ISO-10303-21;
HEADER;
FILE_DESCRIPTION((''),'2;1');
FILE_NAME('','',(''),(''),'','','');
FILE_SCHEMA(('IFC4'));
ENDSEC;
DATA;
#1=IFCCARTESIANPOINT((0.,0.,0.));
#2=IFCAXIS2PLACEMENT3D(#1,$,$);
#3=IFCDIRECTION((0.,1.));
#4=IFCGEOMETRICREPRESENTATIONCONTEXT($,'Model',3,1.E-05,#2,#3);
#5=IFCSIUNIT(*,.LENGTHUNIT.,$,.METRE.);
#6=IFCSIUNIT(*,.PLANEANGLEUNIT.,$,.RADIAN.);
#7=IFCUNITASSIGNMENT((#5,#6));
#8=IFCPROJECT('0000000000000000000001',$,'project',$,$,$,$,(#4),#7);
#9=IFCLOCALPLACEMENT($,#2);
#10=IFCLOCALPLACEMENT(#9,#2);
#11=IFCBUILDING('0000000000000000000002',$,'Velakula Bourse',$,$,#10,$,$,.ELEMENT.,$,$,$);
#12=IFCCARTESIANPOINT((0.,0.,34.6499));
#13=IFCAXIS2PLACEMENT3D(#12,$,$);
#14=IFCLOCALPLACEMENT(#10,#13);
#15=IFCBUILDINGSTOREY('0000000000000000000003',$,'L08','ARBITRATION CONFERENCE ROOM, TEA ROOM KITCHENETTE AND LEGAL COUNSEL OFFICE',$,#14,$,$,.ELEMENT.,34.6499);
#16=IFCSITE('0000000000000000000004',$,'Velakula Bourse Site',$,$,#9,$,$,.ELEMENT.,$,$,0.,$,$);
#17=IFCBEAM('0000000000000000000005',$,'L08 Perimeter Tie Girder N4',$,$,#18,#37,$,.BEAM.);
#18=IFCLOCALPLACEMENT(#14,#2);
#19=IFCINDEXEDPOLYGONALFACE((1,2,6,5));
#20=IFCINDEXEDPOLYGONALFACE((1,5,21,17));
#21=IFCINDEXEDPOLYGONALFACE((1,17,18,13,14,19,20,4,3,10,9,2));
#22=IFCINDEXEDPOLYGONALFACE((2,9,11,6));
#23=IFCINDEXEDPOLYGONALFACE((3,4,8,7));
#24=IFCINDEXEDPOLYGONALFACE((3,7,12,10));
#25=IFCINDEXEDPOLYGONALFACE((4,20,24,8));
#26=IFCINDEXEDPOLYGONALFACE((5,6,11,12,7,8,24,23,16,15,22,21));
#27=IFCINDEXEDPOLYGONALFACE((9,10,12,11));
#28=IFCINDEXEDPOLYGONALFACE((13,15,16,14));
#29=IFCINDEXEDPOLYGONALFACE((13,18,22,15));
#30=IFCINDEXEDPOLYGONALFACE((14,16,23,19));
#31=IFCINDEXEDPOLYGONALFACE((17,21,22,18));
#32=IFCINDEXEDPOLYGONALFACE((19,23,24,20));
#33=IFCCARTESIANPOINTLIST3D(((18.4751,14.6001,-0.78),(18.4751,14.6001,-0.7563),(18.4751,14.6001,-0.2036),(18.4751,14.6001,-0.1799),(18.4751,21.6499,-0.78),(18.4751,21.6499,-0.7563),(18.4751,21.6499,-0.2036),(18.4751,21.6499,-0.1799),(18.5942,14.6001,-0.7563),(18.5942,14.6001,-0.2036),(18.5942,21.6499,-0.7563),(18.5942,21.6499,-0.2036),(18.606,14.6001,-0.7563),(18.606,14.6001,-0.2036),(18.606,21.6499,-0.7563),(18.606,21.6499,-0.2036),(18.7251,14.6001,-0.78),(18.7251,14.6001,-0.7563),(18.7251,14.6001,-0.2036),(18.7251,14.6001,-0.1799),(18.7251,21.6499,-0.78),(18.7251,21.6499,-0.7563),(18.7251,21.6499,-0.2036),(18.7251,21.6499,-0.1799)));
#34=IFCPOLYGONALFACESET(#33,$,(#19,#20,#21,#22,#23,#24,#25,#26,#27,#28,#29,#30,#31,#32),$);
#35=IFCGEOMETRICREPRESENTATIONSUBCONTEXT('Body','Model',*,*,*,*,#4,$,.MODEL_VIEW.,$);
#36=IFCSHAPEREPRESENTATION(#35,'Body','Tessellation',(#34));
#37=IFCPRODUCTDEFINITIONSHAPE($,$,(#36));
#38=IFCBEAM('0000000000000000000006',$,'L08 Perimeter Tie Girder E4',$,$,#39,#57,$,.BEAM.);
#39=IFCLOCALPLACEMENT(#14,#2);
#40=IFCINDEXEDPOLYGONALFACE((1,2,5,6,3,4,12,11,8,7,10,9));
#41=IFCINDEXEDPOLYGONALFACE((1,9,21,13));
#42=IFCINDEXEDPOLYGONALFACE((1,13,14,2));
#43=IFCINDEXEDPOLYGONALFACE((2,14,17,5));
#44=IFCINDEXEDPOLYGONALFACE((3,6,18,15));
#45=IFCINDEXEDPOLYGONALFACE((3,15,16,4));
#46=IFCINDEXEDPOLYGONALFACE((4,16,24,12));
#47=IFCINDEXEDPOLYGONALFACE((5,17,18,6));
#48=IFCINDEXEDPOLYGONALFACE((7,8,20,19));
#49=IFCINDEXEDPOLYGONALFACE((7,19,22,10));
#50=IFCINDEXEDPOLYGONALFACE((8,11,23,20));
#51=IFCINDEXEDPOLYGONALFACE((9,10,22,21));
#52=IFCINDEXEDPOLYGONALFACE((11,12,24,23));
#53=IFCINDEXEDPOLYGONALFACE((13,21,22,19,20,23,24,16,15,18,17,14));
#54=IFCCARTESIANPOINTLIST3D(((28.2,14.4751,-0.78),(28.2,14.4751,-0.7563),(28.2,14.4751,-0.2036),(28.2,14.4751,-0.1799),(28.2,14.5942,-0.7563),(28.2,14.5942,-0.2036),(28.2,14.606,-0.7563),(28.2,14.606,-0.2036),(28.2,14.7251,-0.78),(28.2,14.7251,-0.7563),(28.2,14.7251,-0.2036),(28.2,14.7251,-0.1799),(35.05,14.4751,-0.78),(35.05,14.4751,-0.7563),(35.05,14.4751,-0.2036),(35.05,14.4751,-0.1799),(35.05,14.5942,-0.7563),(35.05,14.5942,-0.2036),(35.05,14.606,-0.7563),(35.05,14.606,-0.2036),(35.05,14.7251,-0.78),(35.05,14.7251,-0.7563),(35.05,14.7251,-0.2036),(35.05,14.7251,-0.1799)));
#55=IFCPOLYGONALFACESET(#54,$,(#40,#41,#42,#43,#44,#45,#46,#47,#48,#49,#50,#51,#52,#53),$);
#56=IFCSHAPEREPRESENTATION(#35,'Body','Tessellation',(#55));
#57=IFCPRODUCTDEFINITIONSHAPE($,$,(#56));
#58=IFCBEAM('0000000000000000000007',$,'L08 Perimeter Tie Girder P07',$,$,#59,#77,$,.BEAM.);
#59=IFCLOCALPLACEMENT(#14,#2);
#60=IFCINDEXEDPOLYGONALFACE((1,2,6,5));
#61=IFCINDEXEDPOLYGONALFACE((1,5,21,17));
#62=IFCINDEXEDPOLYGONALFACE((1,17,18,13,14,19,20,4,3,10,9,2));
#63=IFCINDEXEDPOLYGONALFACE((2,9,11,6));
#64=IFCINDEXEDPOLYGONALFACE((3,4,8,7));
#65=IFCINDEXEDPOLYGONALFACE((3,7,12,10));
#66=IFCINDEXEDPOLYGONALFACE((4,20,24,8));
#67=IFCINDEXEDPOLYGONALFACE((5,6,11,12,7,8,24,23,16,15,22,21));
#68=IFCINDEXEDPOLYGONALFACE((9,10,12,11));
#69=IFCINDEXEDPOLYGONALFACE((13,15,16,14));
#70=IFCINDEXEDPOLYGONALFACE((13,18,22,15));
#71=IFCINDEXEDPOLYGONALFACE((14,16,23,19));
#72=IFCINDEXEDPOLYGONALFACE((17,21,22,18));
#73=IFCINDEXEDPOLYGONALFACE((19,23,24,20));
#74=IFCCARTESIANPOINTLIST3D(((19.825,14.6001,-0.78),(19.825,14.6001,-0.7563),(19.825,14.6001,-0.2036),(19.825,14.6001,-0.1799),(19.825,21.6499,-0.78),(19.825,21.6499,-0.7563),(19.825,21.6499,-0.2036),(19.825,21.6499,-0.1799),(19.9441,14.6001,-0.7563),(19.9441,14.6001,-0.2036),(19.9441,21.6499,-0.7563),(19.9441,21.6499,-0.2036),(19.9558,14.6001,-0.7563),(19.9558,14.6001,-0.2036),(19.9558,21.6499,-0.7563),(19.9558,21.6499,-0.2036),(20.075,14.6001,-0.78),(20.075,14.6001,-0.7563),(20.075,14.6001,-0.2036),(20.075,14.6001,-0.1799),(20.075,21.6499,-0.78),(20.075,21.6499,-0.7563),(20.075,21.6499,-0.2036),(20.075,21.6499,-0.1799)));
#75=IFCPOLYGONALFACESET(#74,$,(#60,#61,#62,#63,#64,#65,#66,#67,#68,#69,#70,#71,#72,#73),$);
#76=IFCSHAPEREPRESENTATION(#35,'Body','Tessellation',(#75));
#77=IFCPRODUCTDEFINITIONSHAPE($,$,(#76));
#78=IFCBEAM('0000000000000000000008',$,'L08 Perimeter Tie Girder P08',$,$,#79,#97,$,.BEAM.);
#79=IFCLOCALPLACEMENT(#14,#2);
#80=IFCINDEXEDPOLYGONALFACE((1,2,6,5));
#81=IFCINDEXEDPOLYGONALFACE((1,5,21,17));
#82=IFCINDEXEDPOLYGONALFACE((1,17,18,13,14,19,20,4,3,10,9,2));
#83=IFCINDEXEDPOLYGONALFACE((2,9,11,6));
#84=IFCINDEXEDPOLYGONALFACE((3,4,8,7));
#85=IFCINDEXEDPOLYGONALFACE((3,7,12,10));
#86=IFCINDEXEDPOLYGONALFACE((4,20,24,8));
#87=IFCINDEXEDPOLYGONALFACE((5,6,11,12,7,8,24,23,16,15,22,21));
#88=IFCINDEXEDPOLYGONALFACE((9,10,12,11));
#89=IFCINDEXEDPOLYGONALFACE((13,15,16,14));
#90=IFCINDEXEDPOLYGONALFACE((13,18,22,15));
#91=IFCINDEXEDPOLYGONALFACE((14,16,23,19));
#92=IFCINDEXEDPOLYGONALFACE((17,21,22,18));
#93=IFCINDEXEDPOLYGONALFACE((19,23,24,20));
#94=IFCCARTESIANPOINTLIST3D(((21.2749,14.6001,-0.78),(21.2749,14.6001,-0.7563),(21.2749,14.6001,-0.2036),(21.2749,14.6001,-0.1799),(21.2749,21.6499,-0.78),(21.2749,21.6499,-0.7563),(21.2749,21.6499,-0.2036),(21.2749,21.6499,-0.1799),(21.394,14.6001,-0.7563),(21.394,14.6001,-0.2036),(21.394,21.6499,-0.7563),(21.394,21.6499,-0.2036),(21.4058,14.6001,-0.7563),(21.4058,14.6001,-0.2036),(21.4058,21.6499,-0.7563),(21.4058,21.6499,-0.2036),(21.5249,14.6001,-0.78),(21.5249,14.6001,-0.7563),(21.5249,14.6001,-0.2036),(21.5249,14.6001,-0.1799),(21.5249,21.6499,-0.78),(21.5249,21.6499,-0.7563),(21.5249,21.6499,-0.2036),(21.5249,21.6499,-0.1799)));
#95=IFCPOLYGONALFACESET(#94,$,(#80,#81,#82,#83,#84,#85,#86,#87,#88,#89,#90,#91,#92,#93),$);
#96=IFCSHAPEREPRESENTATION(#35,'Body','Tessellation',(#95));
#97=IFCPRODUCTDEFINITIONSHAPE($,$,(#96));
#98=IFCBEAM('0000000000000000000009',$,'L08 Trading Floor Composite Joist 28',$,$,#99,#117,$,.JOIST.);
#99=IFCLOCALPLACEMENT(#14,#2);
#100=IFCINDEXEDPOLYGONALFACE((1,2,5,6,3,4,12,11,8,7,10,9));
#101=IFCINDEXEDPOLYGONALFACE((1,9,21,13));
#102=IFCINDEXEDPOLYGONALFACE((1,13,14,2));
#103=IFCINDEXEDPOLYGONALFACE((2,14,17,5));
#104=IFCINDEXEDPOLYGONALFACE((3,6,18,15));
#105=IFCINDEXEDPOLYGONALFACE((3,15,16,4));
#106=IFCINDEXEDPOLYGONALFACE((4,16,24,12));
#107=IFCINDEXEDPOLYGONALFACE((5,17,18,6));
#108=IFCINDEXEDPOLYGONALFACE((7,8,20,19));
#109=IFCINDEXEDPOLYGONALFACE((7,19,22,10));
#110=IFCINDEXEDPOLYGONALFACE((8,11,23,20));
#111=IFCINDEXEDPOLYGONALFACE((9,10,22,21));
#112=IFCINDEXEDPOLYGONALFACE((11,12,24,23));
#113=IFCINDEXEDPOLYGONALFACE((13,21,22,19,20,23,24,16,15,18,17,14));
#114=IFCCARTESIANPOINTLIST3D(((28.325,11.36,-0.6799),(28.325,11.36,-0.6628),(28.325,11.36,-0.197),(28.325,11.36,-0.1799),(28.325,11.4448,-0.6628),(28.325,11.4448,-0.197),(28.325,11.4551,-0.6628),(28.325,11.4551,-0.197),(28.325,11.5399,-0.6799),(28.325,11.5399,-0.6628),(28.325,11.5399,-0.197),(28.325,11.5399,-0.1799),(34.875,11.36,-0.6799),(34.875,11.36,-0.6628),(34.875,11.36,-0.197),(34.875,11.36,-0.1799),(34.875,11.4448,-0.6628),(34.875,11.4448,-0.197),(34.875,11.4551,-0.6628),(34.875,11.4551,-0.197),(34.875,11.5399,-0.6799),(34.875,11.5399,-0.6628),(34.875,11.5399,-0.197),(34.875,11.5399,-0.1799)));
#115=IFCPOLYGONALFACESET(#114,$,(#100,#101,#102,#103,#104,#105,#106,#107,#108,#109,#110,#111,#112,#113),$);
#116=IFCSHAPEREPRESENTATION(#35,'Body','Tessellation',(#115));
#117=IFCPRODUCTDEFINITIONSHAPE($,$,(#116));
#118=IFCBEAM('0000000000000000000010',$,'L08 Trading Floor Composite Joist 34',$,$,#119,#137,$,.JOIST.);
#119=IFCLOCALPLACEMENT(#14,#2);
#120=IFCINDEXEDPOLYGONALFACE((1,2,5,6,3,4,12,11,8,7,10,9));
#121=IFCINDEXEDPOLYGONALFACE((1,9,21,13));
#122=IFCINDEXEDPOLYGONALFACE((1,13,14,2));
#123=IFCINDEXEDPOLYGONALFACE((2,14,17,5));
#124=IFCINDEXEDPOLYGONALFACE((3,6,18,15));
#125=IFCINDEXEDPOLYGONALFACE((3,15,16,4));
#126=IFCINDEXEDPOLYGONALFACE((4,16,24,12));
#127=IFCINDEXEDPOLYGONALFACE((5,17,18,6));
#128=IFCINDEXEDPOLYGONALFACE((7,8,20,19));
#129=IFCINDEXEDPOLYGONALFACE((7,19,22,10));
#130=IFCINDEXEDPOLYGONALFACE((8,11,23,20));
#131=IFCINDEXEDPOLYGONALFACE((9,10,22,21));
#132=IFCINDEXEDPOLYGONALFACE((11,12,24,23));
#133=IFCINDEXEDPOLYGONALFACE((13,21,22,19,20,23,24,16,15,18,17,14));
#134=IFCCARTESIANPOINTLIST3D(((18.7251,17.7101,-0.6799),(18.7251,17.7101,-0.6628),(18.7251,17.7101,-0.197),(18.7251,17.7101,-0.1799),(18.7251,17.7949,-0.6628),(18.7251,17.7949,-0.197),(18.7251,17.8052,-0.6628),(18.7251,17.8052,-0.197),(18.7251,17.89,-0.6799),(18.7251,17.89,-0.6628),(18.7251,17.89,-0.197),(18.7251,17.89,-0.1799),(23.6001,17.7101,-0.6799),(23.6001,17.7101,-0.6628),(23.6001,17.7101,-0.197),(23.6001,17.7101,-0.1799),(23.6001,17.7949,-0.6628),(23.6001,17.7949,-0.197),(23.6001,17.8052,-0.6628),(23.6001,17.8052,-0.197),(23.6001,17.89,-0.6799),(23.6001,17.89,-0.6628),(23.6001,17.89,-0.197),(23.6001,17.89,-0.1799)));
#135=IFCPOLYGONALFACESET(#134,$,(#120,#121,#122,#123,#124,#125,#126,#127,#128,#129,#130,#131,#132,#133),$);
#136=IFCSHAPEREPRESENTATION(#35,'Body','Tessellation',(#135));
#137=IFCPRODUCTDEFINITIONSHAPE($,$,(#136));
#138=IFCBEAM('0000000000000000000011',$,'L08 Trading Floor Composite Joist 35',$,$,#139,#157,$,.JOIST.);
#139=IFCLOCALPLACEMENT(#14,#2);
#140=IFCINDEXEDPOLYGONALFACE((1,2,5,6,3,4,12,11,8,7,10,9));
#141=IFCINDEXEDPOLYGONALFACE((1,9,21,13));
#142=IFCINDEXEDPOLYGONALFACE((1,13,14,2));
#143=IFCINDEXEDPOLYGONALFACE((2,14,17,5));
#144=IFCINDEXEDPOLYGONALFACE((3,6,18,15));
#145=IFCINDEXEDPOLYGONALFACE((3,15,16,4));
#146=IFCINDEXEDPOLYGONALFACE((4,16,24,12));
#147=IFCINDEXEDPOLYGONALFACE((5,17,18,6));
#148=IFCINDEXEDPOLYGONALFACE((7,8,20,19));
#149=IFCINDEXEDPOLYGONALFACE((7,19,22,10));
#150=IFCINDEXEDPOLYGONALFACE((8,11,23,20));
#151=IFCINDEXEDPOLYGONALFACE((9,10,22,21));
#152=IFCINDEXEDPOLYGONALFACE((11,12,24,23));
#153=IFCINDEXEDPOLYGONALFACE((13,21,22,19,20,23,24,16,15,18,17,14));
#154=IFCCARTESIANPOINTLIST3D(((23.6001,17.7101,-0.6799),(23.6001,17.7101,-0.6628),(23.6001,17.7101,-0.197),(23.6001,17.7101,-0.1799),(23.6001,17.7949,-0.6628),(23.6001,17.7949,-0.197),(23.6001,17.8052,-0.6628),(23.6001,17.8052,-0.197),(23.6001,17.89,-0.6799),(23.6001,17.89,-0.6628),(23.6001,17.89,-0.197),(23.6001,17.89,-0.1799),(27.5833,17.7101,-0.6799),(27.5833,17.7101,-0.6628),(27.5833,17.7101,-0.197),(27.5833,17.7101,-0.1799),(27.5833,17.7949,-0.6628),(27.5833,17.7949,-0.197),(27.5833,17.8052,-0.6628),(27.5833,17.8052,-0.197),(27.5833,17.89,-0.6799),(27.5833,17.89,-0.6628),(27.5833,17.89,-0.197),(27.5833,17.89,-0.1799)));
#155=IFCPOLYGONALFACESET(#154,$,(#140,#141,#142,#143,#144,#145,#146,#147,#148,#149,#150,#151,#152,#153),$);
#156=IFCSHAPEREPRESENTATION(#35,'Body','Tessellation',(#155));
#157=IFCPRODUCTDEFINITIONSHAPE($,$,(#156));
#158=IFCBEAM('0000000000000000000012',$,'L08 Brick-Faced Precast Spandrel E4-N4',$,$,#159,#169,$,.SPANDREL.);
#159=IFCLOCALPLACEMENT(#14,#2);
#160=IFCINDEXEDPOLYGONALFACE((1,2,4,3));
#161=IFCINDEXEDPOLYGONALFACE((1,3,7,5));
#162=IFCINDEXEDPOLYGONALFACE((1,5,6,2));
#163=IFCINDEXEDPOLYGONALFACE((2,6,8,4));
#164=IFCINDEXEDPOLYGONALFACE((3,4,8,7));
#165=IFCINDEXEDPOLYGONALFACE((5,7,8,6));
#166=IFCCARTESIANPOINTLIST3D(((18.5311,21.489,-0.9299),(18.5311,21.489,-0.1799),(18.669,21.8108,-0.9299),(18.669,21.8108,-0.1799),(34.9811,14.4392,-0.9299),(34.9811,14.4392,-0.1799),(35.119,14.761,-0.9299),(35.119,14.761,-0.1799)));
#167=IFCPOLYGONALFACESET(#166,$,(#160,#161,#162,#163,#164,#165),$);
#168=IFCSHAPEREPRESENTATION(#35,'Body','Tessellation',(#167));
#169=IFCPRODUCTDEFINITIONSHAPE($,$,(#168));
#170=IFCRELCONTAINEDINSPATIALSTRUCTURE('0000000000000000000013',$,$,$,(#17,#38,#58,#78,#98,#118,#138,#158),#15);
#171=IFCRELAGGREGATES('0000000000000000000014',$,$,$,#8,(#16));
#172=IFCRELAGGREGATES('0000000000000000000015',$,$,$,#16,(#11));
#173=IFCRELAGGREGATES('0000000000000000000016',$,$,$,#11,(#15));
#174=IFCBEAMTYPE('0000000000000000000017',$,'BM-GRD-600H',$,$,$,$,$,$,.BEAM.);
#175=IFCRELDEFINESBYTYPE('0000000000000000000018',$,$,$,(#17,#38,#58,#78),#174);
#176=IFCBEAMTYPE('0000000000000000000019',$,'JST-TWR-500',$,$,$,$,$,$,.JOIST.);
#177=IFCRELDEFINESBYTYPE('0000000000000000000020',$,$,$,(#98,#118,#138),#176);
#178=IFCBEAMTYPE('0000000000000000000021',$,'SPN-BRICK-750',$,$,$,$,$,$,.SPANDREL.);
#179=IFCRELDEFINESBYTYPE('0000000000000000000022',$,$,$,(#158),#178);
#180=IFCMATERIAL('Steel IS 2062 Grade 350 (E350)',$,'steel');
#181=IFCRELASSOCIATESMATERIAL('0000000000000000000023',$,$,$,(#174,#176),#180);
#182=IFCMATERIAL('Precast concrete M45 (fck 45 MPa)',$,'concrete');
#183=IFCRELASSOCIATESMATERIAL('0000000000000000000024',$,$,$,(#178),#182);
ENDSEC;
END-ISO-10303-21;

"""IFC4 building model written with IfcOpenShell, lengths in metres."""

from ifc_helpers import new_model, si_unit, direction, frame, origin, origin_2d, place, context, subcontext, project, spatial, rectangle, i_section, extrude, material, material_profile, profile_set, type_object, element, save


model = new_model("IFC4")

# Units and contexts
model_context = context("Model", 3, precision=1e-05, world=origin(), true_north=direction((0.0, 1.0)))
body_context = subcontext(model_context, "Body", "Model", "MODEL_VIEW")
ifc_project = project(units=[si_unit("LENGTHUNIT", "METRE"), si_unit("PLANEANGLEUNIT", "RADIAN")], contexts=[model_context])

# Site, building, storey
site_placement = place(None, origin())
site = spatial("IfcSite", under=ifc_project, at=site_placement, Name="Velakula Bourse Site", CompositionType="ELEMENT", RefElevation=0.0)
building_placement = place(site_placement, origin())
building = spatial("IfcBuilding", under=site, at=building_placement, Name="Velakula Bourse", CompositionType="ELEMENT")
storey_placement = place(building_placement, frame((0.0, 0.0, 34.6499)))
storey = spatial("IfcBuildingStorey", under=building, at=storey_placement, Name="L08", Description="ARBITRATION CONFERENCE ROOM, TEA ROOM KITCHENETTE AND LEGAL COUNSEL OFFICE", CompositionType="ELEMENT", Elevation=34.6499)

# Shared definitions
ifc_material_1 = material(Name="Precast concrete M45 (fck 45 MPa)", Category="concrete")

# Beams
ifc_material_2 = material(Name="Steel IS 2062 Grade 350 (E350)", Category="steel")
ifc_material_profile_1 = material_profile(ifc_material_2, i_section(OverallWidth=0.25, OverallDepth=0.6001, WebThickness=0.0117, FlangeThickness=0.0237, at=origin_2d()), Name="Steel IS 2062 Grade 350 (E350)")
ifc_profile_set_1 = profile_set([ifc_material_profile_1], Name="Steel IS 2062 Grade 350 (E350)")
beam_type_1 = type_object("IfcBeamType", Name="BM-GRD-600H", PredefinedType="BEAM", material=ifc_profile_set_1)
beam_1_placement = place(storey_placement, frame((18.6001, 14.6001, -0.48), z_axis=(0.0, 1.0, 0.0), x_axis=(-1.0, 0.0, 0.0)))
element("IfcBeam", 1, at=beam_1_placement, inside=storey, type_object=beam_type_1, Name="L08 Perimeter Tie Girder N4", PredefinedType="BEAM", context=body_context, shape_type="SweptSolid", body=[
    extrude(i_section(OverallWidth=0.25, OverallDepth=0.6001, WebThickness=0.0117, FlangeThickness=0.0237, at=origin_2d()), origin(), (0.0, 0.0, 1.0), 7.0498),
])
beam_2_placement = place(storey_placement, frame((28.2, 14.6001, -0.48), z_axis=(1.0, 0.0, 0.0), x_axis=(0.0, 1.0, 0.0)))
element("IfcBeam", 2, at=beam_2_placement, inside=storey, type_object=beam_type_1, Name="L08 Perimeter Tie Girder E4", PredefinedType="BEAM", context=body_context, shape_type="SweptSolid", body=[
    extrude(i_section(OverallWidth=0.25, OverallDepth=0.6001, WebThickness=0.0117, FlangeThickness=0.0237, at=origin_2d()), origin(), (0.0, 0.0, 1.0), 6.8501),
])
for number, where, z_axis, x_axis, name in (
    (3, (19.95, 14.6001, -0.48), (0.0, 1.0, 0.0), (-1.0, 0.0, 0.0), "L08 Perimeter Tie Girder P07"),
    (4, (21.3999, 14.6001, -0.48), (0.0, 1.0, 0.0), (-1.0, 0.0, 0.0), "L08 Perimeter Tie Girder P08"),
):
    element("IfcBeam", number, at=place(storey_placement, frame(where, z_axis=z_axis, x_axis=x_axis)), inside=storey, type_object=beam_type_1, Name=name, PredefinedType="BEAM", context=body_context, shape_type="SweptSolid", body=[
        extrude(i_section(OverallWidth=0.25, OverallDepth=0.6001, WebThickness=0.0117, FlangeThickness=0.0237, at=origin_2d()), origin(), (0.0, 0.0, 1.0), 7.0498),
    ])
ifc_material_profile_2 = material_profile(ifc_material_2, i_section(OverallWidth=0.1799, OverallDepth=0.5, WebThickness=0.0103, FlangeThickness=0.0171, at=origin_2d()), Name="Steel IS 2062 Grade 350 (E350)")
ifc_profile_set_2 = profile_set([ifc_material_profile_2], Name="Steel IS 2062 Grade 350 (E350)")
beam_type_2 = type_object("IfcBeamType", Name="JST-TWR-500", PredefinedType="JOIST", material=ifc_profile_set_2)
beam_3_placement = place(storey_placement, frame((28.325, 11.45, -0.4299), z_axis=(1.0, 0.0, 0.0), x_axis=(0.0, 1.0, 0.0)))
element("IfcBeam", 5, at=beam_3_placement, inside=storey, type_object=beam_type_2, Name="L08 Trading Floor Composite Joist 28", PredefinedType="JOIST", context=body_context, shape_type="SweptSolid", body=[
    extrude(i_section(OverallWidth=0.1799, OverallDepth=0.5, WebThickness=0.0103, FlangeThickness=0.0171, at=origin_2d()), origin(), (0.0, 0.0, 1.0), 6.55),
])
beam_4_placement = place(storey_placement, frame((18.7251, 17.8, -0.4299), z_axis=(1.0, 0.0, 0.0), x_axis=(0.0, 1.0, 0.0)))
element("IfcBeam", 6, at=beam_4_placement, inside=storey, type_object=beam_type_2, Name="L08 Trading Floor Composite Joist 34", PredefinedType="JOIST", context=body_context, shape_type="SweptSolid", body=[
    extrude(i_section(OverallWidth=0.1799, OverallDepth=0.5, WebThickness=0.0103, FlangeThickness=0.0171, at=origin_2d()), origin(), (0.0, 0.0, 1.0), 4.875),
])
beam_5_placement = place(storey_placement, frame((23.6001, 17.8, -0.4299), z_axis=(1.0, 0.0, 0.0), x_axis=(0.0, 1.0, 0.0)))
element("IfcBeam", 7, at=beam_5_placement, inside=storey, type_object=beam_type_2, Name="L08 Trading Floor Composite Joist 35", PredefinedType="JOIST", context=body_context, shape_type="SweptSolid", body=[
    extrude(i_section(OverallWidth=0.1799, OverallDepth=0.5, WebThickness=0.0103, FlangeThickness=0.0171, at=origin_2d()), origin(), (0.0, 0.0, 1.0), 3.9832),
])
ifc_material_profile_3 = material_profile(ifc_material_1, rectangle(XDim=0.3501, YDim=0.75, at=origin_2d()), Name="Precast concrete M45 (fck 45 MPa)")
ifc_profile_set_3 = profile_set([ifc_material_profile_3], Name="Precast concrete M45 (fck 45 MPa)")
beam_type_3 = type_object("IfcBeamType", Name="SPN-BRICK-750", PredefinedType="SPANDREL", material=ifc_profile_set_3)
beam_6_placement = place(storey_placement, frame((35.05, 14.6001, -0.5549), z_axis=(-0.919149, 0.393911, 0.0), x_axis=(-0.393911, -0.919149, 0.0)))
element("IfcBeam", 8, at=beam_6_placement, inside=storey, type_object=beam_type_3, Name="L08 Brick-Faced Precast Spandrel E4-N4", PredefinedType="SPANDREL", context=body_context, shape_type="SweptSolid", body=[
    extrude(rectangle(XDim=0.3501, YDim=0.75, at=origin_2d()), origin(), (0.0, 0.0, 1.0), 17.897),
])

save(model, "model.ifc")
